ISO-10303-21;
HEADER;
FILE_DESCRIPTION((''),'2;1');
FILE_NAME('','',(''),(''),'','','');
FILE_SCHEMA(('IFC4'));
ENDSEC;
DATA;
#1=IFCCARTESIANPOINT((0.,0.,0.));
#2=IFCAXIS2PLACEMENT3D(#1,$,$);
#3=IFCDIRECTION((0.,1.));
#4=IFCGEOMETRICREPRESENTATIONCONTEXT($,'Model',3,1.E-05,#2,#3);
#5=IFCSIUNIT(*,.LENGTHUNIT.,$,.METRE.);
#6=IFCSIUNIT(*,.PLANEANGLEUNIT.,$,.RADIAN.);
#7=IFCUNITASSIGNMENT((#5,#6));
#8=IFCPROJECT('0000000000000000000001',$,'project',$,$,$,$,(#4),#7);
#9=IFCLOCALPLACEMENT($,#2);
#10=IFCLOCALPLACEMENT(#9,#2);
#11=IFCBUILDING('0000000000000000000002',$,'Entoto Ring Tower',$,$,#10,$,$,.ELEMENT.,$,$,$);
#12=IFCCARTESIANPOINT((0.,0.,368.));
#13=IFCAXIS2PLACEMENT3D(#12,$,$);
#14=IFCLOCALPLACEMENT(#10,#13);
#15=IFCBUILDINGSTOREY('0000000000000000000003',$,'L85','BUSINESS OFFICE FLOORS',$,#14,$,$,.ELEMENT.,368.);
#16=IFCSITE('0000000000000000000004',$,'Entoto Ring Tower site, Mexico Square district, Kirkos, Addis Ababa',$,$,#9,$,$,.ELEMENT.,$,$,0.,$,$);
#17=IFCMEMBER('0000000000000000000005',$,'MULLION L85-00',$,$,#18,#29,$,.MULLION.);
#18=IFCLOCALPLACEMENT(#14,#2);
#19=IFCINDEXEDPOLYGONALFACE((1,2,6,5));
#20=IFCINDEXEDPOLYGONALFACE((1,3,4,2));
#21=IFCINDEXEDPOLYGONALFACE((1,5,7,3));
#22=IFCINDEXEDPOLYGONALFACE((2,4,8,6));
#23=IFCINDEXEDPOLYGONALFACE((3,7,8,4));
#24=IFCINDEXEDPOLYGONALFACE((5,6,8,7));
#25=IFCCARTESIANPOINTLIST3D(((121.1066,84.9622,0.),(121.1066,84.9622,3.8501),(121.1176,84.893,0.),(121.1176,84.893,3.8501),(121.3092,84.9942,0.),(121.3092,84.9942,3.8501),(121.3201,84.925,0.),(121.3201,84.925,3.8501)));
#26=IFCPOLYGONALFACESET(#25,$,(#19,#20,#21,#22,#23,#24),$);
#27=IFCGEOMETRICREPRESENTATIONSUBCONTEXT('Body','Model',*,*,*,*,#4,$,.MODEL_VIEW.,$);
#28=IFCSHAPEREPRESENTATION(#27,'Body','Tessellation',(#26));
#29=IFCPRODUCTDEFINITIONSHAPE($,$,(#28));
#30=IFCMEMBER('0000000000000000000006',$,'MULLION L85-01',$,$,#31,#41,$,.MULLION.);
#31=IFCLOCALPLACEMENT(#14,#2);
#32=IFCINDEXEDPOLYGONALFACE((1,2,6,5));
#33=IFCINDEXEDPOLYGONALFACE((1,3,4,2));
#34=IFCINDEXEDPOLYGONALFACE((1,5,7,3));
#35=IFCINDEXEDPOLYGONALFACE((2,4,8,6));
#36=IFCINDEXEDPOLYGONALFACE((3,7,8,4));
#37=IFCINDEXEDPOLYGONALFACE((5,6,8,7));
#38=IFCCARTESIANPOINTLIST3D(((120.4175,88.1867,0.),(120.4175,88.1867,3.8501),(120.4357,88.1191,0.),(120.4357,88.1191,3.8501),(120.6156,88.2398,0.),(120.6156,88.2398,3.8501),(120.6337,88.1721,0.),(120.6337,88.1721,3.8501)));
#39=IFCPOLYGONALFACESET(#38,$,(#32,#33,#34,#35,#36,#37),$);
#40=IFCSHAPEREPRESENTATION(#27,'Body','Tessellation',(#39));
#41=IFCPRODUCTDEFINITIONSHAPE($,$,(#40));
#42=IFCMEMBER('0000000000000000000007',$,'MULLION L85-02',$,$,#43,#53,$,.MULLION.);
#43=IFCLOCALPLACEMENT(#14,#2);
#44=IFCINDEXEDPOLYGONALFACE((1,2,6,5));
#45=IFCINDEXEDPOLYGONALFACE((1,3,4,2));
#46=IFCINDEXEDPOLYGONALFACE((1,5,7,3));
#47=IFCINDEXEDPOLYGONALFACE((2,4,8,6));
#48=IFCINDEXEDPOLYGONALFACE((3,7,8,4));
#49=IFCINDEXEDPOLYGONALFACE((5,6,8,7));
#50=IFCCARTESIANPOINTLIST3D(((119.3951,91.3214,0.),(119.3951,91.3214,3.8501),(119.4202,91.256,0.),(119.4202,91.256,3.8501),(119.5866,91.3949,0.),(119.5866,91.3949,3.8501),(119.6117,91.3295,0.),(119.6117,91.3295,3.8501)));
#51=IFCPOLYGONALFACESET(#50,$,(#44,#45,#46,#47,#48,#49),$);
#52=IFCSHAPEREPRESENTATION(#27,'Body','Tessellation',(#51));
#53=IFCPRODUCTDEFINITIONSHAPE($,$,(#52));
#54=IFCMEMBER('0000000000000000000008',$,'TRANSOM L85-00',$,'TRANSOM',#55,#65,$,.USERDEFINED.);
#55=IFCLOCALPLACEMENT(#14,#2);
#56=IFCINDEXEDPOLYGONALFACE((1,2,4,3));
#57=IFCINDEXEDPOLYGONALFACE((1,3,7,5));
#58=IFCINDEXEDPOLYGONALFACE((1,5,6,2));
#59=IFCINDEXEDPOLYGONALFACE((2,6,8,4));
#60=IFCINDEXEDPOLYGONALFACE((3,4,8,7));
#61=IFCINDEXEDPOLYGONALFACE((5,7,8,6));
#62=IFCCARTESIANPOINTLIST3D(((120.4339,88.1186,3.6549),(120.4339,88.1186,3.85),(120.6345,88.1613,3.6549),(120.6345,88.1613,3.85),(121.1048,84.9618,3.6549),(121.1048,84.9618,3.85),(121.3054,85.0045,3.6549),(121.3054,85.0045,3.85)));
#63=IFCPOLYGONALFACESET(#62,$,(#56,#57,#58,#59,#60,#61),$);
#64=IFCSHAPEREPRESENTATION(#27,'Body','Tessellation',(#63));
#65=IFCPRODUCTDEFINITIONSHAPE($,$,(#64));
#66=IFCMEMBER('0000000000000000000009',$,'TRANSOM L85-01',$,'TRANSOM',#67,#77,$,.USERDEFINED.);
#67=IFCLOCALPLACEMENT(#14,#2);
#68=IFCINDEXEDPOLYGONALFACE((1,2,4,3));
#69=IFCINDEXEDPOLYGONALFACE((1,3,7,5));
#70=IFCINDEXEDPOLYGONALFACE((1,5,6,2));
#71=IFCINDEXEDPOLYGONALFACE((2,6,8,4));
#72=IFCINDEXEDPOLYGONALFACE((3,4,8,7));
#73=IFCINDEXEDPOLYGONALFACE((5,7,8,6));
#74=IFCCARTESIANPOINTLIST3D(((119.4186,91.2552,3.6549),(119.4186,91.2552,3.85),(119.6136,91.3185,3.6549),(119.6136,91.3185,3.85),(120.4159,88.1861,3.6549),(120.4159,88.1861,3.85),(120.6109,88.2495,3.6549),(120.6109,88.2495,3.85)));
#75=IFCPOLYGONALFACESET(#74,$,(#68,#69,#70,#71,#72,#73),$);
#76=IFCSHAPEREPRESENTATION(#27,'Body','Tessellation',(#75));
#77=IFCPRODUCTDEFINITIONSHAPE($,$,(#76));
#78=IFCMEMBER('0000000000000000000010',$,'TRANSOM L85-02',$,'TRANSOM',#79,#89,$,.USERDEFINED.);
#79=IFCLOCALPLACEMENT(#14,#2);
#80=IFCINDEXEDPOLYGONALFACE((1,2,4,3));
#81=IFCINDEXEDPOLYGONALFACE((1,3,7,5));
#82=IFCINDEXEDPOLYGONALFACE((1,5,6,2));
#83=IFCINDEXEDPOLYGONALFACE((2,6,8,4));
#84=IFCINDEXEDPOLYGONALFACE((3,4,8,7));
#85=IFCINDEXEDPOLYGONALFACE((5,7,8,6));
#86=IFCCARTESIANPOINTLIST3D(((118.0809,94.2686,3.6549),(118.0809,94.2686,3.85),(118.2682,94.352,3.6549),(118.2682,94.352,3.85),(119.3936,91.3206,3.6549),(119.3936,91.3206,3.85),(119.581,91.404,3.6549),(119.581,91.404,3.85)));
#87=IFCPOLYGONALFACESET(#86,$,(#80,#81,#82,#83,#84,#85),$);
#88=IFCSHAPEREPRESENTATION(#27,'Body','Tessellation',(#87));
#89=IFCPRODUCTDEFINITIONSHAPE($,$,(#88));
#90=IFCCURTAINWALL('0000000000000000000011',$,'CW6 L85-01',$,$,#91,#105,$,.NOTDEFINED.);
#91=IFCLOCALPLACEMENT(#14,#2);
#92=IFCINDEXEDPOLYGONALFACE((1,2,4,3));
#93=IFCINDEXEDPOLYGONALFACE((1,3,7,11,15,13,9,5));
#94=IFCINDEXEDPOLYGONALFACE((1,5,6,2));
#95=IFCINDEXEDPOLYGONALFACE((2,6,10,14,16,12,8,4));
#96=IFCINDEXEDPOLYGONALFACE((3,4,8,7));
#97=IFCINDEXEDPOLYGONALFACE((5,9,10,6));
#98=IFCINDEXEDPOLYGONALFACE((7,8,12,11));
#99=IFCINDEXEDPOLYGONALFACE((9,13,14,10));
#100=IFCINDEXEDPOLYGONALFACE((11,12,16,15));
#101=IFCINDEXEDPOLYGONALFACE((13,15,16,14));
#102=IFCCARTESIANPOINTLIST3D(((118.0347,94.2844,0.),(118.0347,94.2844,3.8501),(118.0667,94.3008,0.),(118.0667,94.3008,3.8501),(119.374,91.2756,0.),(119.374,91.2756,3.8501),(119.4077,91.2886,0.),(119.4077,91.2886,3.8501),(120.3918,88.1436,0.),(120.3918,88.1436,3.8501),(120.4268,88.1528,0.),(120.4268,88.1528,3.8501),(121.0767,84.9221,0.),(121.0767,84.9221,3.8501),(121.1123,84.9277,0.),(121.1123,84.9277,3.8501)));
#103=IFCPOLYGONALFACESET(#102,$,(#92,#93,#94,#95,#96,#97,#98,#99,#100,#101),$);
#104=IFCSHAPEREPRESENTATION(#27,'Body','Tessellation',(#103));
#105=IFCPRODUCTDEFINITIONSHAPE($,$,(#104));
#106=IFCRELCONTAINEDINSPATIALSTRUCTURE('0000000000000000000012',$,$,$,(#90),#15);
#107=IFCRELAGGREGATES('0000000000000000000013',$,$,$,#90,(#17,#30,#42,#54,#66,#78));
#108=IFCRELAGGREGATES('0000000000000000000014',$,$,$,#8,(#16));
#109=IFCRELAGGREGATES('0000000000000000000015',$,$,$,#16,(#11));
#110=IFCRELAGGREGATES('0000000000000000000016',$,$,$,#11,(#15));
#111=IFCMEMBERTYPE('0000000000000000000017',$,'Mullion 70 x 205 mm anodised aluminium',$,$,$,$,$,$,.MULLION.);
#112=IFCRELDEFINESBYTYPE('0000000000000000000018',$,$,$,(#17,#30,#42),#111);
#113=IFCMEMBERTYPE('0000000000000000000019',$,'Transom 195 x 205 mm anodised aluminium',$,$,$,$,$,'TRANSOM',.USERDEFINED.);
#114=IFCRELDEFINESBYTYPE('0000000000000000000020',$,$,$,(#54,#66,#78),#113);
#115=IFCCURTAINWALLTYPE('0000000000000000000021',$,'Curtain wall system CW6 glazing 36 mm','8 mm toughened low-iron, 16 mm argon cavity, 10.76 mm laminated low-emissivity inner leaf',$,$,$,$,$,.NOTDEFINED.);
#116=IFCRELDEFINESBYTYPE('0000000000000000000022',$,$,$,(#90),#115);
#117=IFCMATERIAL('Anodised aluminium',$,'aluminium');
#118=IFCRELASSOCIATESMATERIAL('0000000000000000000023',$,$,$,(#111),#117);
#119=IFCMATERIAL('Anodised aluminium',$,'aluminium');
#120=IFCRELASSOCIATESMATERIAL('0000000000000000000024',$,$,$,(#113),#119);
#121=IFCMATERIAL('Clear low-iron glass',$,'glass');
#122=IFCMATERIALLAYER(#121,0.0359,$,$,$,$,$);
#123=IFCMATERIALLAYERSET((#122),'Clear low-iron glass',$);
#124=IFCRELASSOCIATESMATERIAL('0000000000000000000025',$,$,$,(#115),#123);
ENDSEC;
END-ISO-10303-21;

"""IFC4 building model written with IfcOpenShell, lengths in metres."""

from ifc_helpers import new_model, si_unit, direction, frame, origin, origin_2d, place, context, subcontext, project, spatial, polyline, rectangle, outline, extrude, material, layer, layer_set, material_profile, profile_set, type_object, element, aggregate, save


model = new_model("IFC4")

# Units and contexts
model_context = context("Model", 3, precision=1e-05, world=origin(), true_north=direction((0.0, 1.0)))
body_context = subcontext(model_context, "Body", "Model", "MODEL_VIEW")
ifc_project = project(units=[si_unit("LENGTHUNIT", "METRE"), si_unit("PLANEANGLEUNIT", "RADIAN")], contexts=[model_context])

# Members
ifc_material_1 = material(Name="Anodised aluminium", Category="aluminium")
ifc_material_profile_1 = material_profile(ifc_material_1, rectangle(XDim=0.0701, YDim=0.2051, at=origin_2d()), Name="Mullion 70 x 205 mm anodised aluminium")
ifc_profile_set_1 = profile_set([ifc_material_profile_1], Name="Anodised aluminium")
member_type_1 = type_object("IfcMemberType", Name="Mullion 70 x 205 mm anodised aluminium", PredefinedType="MULLION", material=ifc_profile_set_1)
site_placement = place(None, origin())
building_placement = place(site_placement, origin())
storey_placement = place(building_placement, frame((0.0, 0.0, 368.0)))
member_1_placement = place(storey_placement, frame((121.2134, 84.9436, 0.0), z_axis=(0.0, 0.0, 1.0), x_axis=(-0.156434, 0.987688, 0.0)))
member_1 = element("IfcMember", 1, at=member_1_placement, type_object=member_type_1, Name="MULLION L85-00", PredefinedType="MULLION", context=body_context, shape_type="SweptSolid", body=[
    extrude(rectangle(XDim=0.0701, YDim=0.2051, at=origin_2d()), origin(), (0.0, 0.0, 1.0), 3.8501),
])
member_2_placement = place(storey_placement, frame((120.5256, 88.1794, 0.0), z_axis=(0.0, 0.0, 1.0), x_axis=(-0.258819, 0.965926, 0.0)))
member_2 = element("IfcMember", 2, at=member_2_placement, type_object=member_type_1, Name="MULLION L85-01", PredefinedType="MULLION", context=body_context, shape_type="SweptSolid", body=[
    extrude(rectangle(XDim=0.0701, YDim=0.2051, at=origin_2d()), origin(), (0.0, 0.0, 1.0), 3.8501),
])
member_3_placement = place(storey_placement, frame((119.5034, 91.3254, 0.0), z_axis=(0.0, 0.0, 1.0), x_axis=(-0.358368, 0.93358, 0.0)))
member_3 = element("IfcMember", 3, at=member_3_placement, type_object=member_type_1, Name="MULLION L85-02", PredefinedType="MULLION", context=body_context, shape_type="SweptSolid", body=[
    extrude(rectangle(XDim=0.0701, YDim=0.2051, at=origin_2d()), origin(), (0.0, 0.0, 1.0), 3.8501),
])
ifc_material_2 = material(Name="Anodised aluminium", Category="aluminium")
ifc_material_profile_2 = material_profile(ifc_material_2, rectangle(XDim=0.2051, YDim=0.1951, at=origin_2d()), Name="Transom 195 x 205 mm anodised aluminium")
ifc_profile_set_2 = profile_set([ifc_material_profile_2], Name="Anodised aluminium")
member_type_2 = type_object("IfcMemberType", Name="Transom 195 x 205 mm anodised aluminium", ElementType="TRANSOM", PredefinedType="USERDEFINED", material=ifc_profile_set_2)
member_4_placement = place(storey_placement, frame((121.2051, 84.9832, 3.7524), z_axis=(-0.207886, 0.978153, 0.0), x_axis=(-0.978153, -0.207886, 0.0)))
member_4 = element("IfcMember", 4, at=member_4_placement, type_object=member_type_2, Name="TRANSOM L85-00", ObjectType="TRANSOM", PredefinedType="USERDEFINED", context=body_context, shape_type="SweptSolid", body=[
    extrude(rectangle(XDim=0.2051, YDim=0.1951, at=origin_2d()), origin(), (0.0, 0.0, 1.0), 3.2273),
])
member_5_placement = place(storey_placement, frame((120.5134, 88.2178, 3.7524), z_axis=(-0.309047, 0.951047, 0.0), x_axis=(-0.951047, -0.309047, 0.0)))
member_5 = element("IfcMember", 5, at=member_5_placement, type_object=member_type_2, Name="TRANSOM L85-01", ObjectType="TRANSOM", PredefinedType="USERDEFINED", context=body_context, shape_type="SweptSolid", body=[
    extrude(rectangle(XDim=0.2051, YDim=0.1951, at=origin_2d()), origin(), (0.0, 0.0, 1.0), 3.2271),
])
member_6_placement = place(storey_placement, frame((119.4873, 91.3623, 3.7524), z_axis=(-0.406791, 0.913521, 0.0), x_axis=(-0.913521, -0.406791, 0.0)))
member_6 = element("IfcMember", 6, at=member_6_placement, type_object=member_type_2, Name="TRANSOM L85-02", ObjectType="TRANSOM", PredefinedType="USERDEFINED", context=body_context, shape_type="SweptSolid", body=[
    extrude(rectangle(XDim=0.2051, YDim=0.1951, at=origin_2d()), origin(), (0.0, 0.0, 1.0), 3.2271),
])

# Site, building, storey
site = spatial("IfcSite", under=ifc_project, at=site_placement, Name="Entoto Ring Tower site, Mexico Square district, Kirkos, Addis Ababa", CompositionType="ELEMENT", RefElevation=0.0)
building = spatial("IfcBuilding", under=site, at=building_placement, Name="Entoto Ring Tower", CompositionType="ELEMENT")
storey = spatial("IfcBuildingStorey", under=building, at=storey_placement, Name="L85", Description="BUSINESS OFFICE FLOORS", CompositionType="ELEMENT", Elevation=368.0)

# Curtain wall
ifc_material_3 = material(Name="Clear low-iron glass", Category="glass")
ifc_layer_1 = layer(ifc_material_3, 0.0359)
ifc_layer_set_1 = layer_set([ifc_layer_1], Name="Clear low-iron glass")
curtain_wall_type = type_object("IfcCurtainWallType", Name="Curtain wall system CW6 glazing 36 mm", Description="8 mm toughened low-iron, 16 mm argon cavity, 10.76 mm laminated low-emissivity inner leaf", PredefinedType="NOTDEFINED", material=ifc_layer_set_1)
curtain_wall_1_placement = place(storey_placement, origin())
curtain_wall_1 = element("IfcCurtainWall", 7, at=curtain_wall_1_placement, inside=storey, type_object=curtain_wall_type, Name="CW6 L85-01", PredefinedType="NOTDEFINED", context=body_context, shape_type="SweptSolid", body=[
    extrude(outline(polyline([(121.1123, 84.9277), (120.4268, 88.1528), (119.4077, 91.2886), (118.0667, 94.3008), (118.0347, 94.2844), (119.374, 91.2756), (120.3918, 88.1436), (121.0767, 84.9221), (121.1123, 84.9277)])), origin(), (0.0, 0.0, 1.0), 3.8501),
])
aggregate(curtain_wall_1, [member_1, member_2, member_3, member_4, member_5, member_6])

save(model, "model.ifc")
